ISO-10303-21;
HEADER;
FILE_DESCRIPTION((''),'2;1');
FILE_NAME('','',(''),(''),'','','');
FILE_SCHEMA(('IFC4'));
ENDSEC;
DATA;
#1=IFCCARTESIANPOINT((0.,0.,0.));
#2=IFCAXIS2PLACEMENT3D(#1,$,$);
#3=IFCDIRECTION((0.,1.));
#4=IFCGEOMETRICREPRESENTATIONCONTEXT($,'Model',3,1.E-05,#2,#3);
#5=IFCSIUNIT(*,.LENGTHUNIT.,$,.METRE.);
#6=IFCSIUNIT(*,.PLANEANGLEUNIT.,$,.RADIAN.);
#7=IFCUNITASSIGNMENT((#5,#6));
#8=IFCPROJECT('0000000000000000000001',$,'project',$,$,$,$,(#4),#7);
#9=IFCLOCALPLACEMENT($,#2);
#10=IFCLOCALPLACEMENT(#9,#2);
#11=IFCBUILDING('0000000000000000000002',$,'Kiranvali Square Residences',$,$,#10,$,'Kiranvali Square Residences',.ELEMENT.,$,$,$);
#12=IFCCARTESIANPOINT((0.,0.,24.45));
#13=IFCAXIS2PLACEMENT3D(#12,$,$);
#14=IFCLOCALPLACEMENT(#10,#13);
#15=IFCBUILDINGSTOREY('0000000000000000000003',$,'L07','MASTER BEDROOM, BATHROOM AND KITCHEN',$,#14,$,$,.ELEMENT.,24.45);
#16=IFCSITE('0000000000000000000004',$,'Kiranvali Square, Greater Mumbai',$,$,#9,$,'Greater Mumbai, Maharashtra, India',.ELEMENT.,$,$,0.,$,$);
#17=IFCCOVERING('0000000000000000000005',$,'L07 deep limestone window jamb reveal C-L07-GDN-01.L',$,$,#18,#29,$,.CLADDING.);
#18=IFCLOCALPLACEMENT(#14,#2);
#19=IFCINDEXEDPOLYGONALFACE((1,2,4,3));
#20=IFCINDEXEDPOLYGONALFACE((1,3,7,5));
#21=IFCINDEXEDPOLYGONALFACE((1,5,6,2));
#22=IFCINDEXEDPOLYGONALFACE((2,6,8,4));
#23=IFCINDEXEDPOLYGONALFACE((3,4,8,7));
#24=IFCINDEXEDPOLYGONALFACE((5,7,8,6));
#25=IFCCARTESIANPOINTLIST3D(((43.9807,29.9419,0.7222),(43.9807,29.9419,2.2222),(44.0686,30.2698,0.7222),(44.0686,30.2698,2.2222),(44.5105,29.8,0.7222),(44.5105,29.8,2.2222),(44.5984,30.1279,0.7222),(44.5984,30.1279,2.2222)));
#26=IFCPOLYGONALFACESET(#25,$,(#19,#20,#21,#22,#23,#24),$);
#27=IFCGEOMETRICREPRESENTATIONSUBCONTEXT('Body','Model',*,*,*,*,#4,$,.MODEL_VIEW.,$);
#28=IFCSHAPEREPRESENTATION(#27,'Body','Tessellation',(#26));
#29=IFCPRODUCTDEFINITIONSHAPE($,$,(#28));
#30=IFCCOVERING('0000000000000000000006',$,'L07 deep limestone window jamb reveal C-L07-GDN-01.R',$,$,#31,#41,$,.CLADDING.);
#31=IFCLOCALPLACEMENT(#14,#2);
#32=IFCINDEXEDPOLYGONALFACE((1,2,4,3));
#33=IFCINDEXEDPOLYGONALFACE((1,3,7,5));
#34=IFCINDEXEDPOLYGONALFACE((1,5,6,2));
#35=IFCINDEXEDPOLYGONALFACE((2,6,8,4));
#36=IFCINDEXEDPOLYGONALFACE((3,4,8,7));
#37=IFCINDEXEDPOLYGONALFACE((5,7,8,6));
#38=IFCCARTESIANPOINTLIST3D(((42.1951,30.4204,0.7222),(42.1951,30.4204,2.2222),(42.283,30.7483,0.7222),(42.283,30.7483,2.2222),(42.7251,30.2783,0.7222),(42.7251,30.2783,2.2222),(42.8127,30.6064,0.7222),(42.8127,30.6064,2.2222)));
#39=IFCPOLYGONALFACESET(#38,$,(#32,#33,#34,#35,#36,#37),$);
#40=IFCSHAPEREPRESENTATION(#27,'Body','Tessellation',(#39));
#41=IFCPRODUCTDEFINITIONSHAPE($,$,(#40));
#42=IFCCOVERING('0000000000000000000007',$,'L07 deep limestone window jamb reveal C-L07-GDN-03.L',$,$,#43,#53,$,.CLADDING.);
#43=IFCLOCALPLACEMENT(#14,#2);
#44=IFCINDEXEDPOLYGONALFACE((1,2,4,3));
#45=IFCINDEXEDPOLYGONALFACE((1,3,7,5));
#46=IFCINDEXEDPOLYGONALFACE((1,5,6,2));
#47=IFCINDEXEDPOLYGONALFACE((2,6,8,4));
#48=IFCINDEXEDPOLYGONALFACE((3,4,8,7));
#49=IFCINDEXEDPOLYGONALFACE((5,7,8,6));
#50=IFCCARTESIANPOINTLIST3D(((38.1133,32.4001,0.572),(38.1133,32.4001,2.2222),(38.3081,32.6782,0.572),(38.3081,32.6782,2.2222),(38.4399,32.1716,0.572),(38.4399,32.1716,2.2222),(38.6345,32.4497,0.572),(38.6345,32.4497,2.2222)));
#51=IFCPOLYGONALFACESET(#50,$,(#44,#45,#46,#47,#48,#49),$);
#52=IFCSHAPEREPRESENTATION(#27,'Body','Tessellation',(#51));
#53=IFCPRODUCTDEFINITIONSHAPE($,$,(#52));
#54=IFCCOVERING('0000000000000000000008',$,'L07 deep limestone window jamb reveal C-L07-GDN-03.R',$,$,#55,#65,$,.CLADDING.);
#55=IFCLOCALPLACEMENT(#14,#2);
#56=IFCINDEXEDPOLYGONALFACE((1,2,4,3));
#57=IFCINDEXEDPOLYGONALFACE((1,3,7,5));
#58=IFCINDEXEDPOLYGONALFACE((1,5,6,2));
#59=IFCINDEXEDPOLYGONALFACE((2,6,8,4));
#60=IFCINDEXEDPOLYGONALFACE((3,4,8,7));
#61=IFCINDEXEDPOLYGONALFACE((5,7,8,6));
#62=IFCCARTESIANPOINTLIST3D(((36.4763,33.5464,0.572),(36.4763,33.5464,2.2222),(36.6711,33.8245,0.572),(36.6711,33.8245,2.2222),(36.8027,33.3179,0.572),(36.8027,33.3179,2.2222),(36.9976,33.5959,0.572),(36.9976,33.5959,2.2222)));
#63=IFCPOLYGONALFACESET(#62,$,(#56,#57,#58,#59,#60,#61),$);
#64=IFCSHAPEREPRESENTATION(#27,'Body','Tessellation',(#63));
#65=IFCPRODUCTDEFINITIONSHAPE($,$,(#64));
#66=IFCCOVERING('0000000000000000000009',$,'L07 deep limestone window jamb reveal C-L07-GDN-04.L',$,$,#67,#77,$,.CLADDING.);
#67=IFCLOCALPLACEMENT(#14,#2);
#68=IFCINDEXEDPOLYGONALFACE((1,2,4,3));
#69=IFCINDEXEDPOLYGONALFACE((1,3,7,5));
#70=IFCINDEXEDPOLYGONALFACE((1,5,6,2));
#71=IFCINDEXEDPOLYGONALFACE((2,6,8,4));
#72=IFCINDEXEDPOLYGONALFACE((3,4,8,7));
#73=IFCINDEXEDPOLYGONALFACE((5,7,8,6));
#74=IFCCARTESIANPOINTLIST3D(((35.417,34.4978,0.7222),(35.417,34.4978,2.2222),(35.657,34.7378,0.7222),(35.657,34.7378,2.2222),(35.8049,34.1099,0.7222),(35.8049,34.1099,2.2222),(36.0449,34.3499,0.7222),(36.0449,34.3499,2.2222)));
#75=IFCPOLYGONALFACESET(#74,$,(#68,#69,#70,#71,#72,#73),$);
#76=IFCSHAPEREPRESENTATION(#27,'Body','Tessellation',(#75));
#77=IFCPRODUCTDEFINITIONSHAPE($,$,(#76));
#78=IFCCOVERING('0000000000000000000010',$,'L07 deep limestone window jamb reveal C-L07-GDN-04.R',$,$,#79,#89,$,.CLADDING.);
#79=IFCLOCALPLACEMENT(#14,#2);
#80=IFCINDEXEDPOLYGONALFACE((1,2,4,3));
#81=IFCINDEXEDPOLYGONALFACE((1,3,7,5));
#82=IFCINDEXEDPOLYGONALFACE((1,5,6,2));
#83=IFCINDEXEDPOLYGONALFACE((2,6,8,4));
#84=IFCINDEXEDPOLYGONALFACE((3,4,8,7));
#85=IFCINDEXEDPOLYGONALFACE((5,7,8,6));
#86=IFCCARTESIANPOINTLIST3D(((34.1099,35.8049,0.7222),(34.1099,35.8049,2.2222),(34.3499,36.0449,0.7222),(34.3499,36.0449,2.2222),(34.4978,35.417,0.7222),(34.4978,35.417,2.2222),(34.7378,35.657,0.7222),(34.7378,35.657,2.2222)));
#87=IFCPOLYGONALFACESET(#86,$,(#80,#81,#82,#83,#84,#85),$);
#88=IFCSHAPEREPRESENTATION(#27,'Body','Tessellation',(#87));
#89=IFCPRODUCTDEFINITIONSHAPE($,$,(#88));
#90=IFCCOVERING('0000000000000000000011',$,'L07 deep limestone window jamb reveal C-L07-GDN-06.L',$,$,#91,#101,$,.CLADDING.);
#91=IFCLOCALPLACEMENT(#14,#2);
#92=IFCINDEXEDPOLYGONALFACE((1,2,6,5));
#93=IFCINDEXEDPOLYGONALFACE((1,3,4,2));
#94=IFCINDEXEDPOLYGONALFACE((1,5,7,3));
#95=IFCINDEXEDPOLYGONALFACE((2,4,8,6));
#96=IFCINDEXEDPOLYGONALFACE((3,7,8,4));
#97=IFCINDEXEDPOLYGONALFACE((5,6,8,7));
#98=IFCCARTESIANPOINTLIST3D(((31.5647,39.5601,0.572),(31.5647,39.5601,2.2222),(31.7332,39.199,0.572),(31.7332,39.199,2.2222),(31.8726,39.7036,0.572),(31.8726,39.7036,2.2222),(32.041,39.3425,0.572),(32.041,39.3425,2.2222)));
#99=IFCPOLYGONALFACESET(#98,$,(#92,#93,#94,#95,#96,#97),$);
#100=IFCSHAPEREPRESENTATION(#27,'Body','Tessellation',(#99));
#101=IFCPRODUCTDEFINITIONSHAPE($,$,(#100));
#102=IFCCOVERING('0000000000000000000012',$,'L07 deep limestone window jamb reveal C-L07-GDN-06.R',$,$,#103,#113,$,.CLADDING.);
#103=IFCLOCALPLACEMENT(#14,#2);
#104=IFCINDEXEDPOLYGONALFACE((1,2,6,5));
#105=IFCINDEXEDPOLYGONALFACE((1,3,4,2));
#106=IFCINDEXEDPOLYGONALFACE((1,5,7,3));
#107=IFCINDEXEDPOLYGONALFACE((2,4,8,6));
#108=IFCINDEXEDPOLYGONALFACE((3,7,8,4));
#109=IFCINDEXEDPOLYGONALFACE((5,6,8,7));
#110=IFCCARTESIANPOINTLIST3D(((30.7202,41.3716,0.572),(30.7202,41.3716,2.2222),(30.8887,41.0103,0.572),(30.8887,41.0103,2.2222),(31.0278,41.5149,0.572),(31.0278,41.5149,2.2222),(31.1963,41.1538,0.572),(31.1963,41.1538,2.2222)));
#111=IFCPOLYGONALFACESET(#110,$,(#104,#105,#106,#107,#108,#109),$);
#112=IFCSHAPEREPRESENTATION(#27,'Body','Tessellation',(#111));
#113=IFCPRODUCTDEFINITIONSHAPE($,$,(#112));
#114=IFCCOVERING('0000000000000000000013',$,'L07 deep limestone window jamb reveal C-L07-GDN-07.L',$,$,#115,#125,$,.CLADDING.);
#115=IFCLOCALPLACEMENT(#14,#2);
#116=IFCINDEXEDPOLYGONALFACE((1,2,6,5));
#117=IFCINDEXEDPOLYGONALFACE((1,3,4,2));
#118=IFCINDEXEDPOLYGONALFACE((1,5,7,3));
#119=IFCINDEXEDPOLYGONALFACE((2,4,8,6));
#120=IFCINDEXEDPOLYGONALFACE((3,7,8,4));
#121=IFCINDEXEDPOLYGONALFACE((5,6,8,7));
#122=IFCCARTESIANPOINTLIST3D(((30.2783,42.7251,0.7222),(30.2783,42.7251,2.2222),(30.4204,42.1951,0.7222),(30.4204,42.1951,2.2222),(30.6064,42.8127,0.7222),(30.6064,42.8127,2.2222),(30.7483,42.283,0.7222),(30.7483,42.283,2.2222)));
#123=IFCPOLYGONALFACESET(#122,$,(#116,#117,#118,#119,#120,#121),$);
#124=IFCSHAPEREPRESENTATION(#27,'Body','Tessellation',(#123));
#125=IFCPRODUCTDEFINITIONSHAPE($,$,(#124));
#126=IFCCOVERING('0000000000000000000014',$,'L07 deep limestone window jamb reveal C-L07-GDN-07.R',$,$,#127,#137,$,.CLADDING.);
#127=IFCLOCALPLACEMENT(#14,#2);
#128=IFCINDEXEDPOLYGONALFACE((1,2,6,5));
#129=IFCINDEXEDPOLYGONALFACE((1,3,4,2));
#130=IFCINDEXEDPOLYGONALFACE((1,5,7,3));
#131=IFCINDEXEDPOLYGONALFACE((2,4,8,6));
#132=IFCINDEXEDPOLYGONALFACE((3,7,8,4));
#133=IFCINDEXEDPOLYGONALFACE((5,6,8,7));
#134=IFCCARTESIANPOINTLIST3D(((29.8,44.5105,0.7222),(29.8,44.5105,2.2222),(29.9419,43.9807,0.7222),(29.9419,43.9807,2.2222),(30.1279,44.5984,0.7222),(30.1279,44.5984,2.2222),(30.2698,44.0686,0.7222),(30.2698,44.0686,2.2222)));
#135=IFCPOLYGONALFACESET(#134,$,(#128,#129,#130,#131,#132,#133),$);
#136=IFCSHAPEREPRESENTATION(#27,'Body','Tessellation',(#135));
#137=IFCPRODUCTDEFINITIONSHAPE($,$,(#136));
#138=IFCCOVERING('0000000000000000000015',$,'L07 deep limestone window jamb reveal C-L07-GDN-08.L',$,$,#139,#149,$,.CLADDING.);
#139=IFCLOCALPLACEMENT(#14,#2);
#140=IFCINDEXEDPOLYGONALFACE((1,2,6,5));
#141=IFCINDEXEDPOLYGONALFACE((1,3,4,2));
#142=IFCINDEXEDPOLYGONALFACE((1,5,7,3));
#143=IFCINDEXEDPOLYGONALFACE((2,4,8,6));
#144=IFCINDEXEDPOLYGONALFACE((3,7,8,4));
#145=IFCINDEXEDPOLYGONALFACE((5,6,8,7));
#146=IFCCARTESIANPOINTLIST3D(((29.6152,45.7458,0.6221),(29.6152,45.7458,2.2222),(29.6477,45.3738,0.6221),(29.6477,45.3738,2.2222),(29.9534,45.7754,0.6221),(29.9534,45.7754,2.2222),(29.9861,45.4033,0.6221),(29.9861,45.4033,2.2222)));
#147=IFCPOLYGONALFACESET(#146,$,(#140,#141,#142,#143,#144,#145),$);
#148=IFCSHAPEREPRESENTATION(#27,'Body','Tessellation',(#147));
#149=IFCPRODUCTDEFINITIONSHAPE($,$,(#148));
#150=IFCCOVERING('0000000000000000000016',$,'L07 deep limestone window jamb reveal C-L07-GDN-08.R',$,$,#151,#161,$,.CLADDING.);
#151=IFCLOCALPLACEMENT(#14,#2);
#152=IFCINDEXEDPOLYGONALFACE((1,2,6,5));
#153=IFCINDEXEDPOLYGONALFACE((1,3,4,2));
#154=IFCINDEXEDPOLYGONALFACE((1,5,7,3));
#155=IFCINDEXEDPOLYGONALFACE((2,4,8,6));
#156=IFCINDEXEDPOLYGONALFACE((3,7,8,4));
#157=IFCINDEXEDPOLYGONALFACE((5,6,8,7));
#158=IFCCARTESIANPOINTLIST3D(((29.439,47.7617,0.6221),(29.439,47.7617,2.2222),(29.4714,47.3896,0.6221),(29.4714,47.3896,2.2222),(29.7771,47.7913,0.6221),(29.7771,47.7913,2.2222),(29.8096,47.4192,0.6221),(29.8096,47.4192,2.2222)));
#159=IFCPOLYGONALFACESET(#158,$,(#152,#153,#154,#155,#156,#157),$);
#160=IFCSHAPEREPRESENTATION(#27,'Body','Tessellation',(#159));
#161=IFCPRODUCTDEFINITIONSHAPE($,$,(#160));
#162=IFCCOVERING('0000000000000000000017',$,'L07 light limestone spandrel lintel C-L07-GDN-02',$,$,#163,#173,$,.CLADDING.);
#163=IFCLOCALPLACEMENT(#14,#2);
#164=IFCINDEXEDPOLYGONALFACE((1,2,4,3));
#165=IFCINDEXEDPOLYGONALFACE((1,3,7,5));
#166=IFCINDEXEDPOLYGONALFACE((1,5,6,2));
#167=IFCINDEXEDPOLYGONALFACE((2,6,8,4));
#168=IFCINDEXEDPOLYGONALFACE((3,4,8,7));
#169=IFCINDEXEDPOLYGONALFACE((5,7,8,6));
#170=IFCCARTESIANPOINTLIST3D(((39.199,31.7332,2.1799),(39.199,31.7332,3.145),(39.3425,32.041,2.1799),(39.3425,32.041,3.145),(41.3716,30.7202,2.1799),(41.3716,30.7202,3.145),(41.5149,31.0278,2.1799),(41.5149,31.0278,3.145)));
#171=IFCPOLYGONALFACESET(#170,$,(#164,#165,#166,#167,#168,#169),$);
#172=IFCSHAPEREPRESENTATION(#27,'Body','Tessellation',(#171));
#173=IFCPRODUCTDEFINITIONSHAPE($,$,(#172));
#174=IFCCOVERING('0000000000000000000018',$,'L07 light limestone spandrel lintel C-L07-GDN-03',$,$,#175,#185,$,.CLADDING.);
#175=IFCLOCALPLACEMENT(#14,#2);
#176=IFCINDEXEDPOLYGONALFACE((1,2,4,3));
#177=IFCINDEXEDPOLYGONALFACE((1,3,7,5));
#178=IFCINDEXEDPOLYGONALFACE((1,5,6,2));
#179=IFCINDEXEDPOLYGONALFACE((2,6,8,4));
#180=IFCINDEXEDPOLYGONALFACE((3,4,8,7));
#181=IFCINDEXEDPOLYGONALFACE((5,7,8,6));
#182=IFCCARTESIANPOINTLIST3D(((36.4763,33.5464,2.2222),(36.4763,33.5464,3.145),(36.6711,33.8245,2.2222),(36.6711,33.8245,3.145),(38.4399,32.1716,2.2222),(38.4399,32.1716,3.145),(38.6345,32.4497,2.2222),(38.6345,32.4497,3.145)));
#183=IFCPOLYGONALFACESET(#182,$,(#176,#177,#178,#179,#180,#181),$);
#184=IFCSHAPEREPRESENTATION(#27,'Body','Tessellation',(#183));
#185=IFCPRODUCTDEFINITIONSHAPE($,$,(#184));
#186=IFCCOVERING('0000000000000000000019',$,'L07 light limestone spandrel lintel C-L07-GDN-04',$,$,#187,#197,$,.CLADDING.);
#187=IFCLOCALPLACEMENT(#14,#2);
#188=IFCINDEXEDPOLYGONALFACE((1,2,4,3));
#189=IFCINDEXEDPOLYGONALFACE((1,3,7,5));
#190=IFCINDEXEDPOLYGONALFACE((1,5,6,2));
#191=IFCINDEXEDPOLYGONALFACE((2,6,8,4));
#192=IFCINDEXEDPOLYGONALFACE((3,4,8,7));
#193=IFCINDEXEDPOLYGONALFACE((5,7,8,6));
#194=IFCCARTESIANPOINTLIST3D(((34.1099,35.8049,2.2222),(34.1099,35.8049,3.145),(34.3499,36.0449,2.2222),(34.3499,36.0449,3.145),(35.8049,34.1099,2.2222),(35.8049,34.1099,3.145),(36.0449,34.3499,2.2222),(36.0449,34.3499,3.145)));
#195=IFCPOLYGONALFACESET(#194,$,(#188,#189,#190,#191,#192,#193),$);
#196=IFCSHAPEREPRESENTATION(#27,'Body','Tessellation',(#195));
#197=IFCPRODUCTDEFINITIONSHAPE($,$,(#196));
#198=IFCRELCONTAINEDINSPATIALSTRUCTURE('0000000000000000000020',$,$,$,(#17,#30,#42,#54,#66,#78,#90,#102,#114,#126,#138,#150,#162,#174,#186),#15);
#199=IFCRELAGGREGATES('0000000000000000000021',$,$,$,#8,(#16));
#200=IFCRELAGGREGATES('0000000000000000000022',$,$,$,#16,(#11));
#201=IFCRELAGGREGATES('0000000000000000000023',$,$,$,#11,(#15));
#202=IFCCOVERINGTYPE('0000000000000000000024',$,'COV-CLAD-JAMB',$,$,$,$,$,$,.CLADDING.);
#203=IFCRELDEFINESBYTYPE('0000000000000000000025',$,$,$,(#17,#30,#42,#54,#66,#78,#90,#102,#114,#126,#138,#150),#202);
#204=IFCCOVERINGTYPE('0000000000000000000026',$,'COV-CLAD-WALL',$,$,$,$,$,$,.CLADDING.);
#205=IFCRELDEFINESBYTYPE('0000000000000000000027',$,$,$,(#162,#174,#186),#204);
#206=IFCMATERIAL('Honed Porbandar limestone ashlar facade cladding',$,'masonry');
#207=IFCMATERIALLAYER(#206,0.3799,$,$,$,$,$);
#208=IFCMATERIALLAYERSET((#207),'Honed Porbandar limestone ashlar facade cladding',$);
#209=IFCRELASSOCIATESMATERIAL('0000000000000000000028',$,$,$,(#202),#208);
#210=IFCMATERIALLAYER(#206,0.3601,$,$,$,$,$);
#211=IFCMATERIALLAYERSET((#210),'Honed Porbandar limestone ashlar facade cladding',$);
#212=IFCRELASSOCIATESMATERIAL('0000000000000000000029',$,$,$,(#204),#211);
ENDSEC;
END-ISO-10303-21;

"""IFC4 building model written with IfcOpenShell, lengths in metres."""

from ifc_helpers import new_model, si_unit, direction, frame, origin, place, context, subcontext, project, spatial, polyline, outline, extrude, material, layer, layer_set, type_object, element, save


model = new_model("IFC4")

# Units and contexts
model_context = context("Model", 3, precision=1e-05, world=origin(), true_north=direction((0.0, 1.0)))
body_context = subcontext(model_context, "Body", "Model", "MODEL_VIEW")
ifc_project = project(units=[si_unit("LENGTHUNIT", "METRE"), si_unit("PLANEANGLEUNIT", "RADIAN")], contexts=[model_context])

# Site, building, storey
site_placement = place(None, origin())
site = spatial("IfcSite", under=ifc_project, at=site_placement, Name="Kiranvali Square, Greater Mumbai", LongName="Greater Mumbai, Maharashtra, India", CompositionType="ELEMENT", RefElevation=0.0)
building_placement = place(site_placement, origin())
building = spatial("IfcBuilding", under=site, at=building_placement, Name="Kiranvali Square Residences", LongName="Kiranvali Square Residences", CompositionType="ELEMENT")
storey_placement = place(building_placement, frame((0.0, 0.0, 24.45)))
storey = spatial("IfcBuildingStorey", under=building, at=storey_placement, Name="L07", Description="MASTER BEDROOM, BATHROOM AND KITCHEN", CompositionType="ELEMENT", Elevation=24.45)

# Coverings
ifc_material = material(Name="Honed Porbandar limestone ashlar facade cladding", Category="masonry")
ifc_layer_1 = layer(ifc_material, 0.3799)
ifc_layer_set_1 = layer_set([ifc_layer_1], Name="Honed Porbandar limestone ashlar facade cladding")
covering_type_1 = type_object("IfcCoveringType", Name="COV-CLAD-JAMB", PredefinedType="CLADDING", material=ifc_layer_set_1)
covering_1_placement = place(storey_placement, frame((0.0, 0.0, 0.7222)))
element("IfcCovering", 1, at=covering_1_placement, inside=storey, type_object=covering_type_1, Name="L07 deep limestone window jamb reveal C-L07-GDN-01.L", PredefinedType="CLADDING", context=body_context, shape_type="SweptSolid", body=[
    extrude(outline(polyline([(44.5984, 30.1279), (44.0686, 30.2698), (43.9807, 29.9419), (44.5105, 29.8), (44.5984, 30.1279)])), origin(), (0.0, 0.0, 1.0), 1.5),
])
covering_2_placement = place(storey_placement, frame((0.0, 0.0, 0.7222)))
element("IfcCovering", 2, at=covering_2_placement, inside=storey, type_object=covering_type_1, Name="L07 deep limestone window jamb reveal C-L07-GDN-01.R", PredefinedType="CLADDING", context=body_context, shape_type="SweptSolid", body=[
    extrude(outline(polyline([(42.8127, 30.6064), (42.283, 30.7483), (42.1951, 30.4204), (42.7251, 30.2783), (42.8127, 30.6064)])), origin(), (0.0, 0.0, 1.0), 1.5),
])
covering_3_placement = place(storey_placement, frame((0.0, 0.0, 0.572)))
element("IfcCovering", 3, at=covering_3_placement, inside=storey, type_object=covering_type_1, Name="L07 deep limestone window jamb reveal C-L07-GDN-03.L", PredefinedType="CLADDING", context=body_context, shape_type="SweptSolid", body=[
    extrude(outline(polyline([(38.6345, 32.4497), (38.3081, 32.6782), (38.1133, 32.4001), (38.4399, 32.1716), (38.6345, 32.4497)])), origin(), (0.0, 0.0, 1.0), 1.6501),
])
covering_4_placement = place(storey_placement, frame((0.0, 0.0, 0.572)))
element("IfcCovering", 4, at=covering_4_placement, inside=storey, type_object=covering_type_1, Name="L07 deep limestone window jamb reveal C-L07-GDN-03.R", PredefinedType="CLADDING", context=body_context, shape_type="SweptSolid", body=[
    extrude(outline(polyline([(36.9976, 33.5959), (36.6711, 33.8245), (36.4763, 33.5464), (36.8027, 33.3179), (36.9976, 33.5959)])), origin(), (0.0, 0.0, 1.0), 1.6501),
])
covering_5_placement = place(storey_placement, frame((0.0, 0.0, 0.7222)))
element("IfcCovering", 5, at=covering_5_placement, inside=storey, type_object=covering_type_1, Name="L07 deep limestone window jamb reveal C-L07-GDN-04.L", PredefinedType="CLADDING", context=body_context, shape_type="SweptSolid", body=[
    extrude(outline(polyline([(36.0449, 34.3499), (35.657, 34.7378), (35.417, 34.4978), (35.8049, 34.1099), (36.0449, 34.3499)])), origin(), (0.0, 0.0, 1.0), 1.5),
])
covering_6_placement = place(storey_placement, frame((0.0, 0.0, 0.7222)))
element("IfcCovering", 6, at=covering_6_placement, inside=storey, type_object=covering_type_1, Name="L07 deep limestone window jamb reveal C-L07-GDN-04.R", PredefinedType="CLADDING", context=body_context, shape_type="SweptSolid", body=[
    extrude(outline(polyline([(34.7378, 35.657), (34.3499, 36.0449), (34.1099, 35.8049), (34.4978, 35.417), (34.7378, 35.657)])), origin(), (0.0, 0.0, 1.0), 1.5),
])
covering_7_placement = place(storey_placement, frame((0.0, 0.0, 0.572)))
element("IfcCovering", 7, at=covering_7_placement, inside=storey, type_object=covering_type_1, Name="L07 deep limestone window jamb reveal C-L07-GDN-06.L", PredefinedType="CLADDING", context=body_context, shape_type="SweptSolid", body=[
    extrude(outline(polyline([(32.041, 39.3425), (31.8726, 39.7036), (31.5647, 39.5601), (31.7332, 39.199), (32.041, 39.3425)])), origin(), (0.0, 0.0, 1.0), 1.6501),
])
covering_8_placement = place(storey_placement, frame((0.0, 0.0, 0.572)))
element("IfcCovering", 8, at=covering_8_placement, inside=storey, type_object=covering_type_1, Name="L07 deep limestone window jamb reveal C-L07-GDN-06.R", PredefinedType="CLADDING", context=body_context, shape_type="SweptSolid", body=[
    extrude(outline(polyline([(31.1963, 41.1538), (31.0278, 41.5149), (30.7202, 41.3716), (30.8887, 41.0103), (31.1963, 41.1538)])), origin(), (0.0, 0.0, 1.0), 1.6501),
])
covering_9_placement = place(storey_placement, frame((0.0, 0.0, 0.7222)))
element("IfcCovering", 9, at=covering_9_placement, inside=storey, type_object=covering_type_1, Name="L07 deep limestone window jamb reveal C-L07-GDN-07.L", PredefinedType="CLADDING", context=body_context, shape_type="SweptSolid", body=[
    extrude(outline(polyline([(30.7483, 42.283), (30.6064, 42.8127), (30.2783, 42.7251), (30.4204, 42.1951), (30.7483, 42.283)])), origin(), (0.0, 0.0, 1.0), 1.5),
])
covering_10_placement = place(storey_placement, frame((0.0, 0.0, 0.7222)))
element("IfcCovering", 10, at=covering_10_placement, inside=storey, type_object=covering_type_1, Name="L07 deep limestone window jamb reveal C-L07-GDN-07.R", PredefinedType="CLADDING", context=body_context, shape_type="SweptSolid", body=[
    extrude(outline(polyline([(30.2698, 44.0686), (30.1279, 44.5984), (29.8, 44.5105), (29.9419, 43.9807), (30.2698, 44.0686)])), origin(), (0.0, 0.0, 1.0), 1.5),
])
covering_11_placement = place(storey_placement, frame((0.0, 0.0, 0.6221)))
element("IfcCovering", 11, at=covering_11_placement, inside=storey, type_object=covering_type_1, Name="L07 deep limestone window jamb reveal C-L07-GDN-08.L", PredefinedType="CLADDING", context=body_context, shape_type="SweptSolid", body=[
    extrude(outline(polyline([(29.9861, 45.4033), (29.9534, 45.7754), (29.6152, 45.7458), (29.6477, 45.3738), (29.9861, 45.4033)])), origin(), (0.0, 0.0, 1.0), 1.6001),
])
covering_12_placement = place(storey_placement, frame((0.0, 0.0, 0.6221)))
element("IfcCovering", 12, at=covering_12_placement, inside=storey, type_object=covering_type_1, Name="L07 deep limestone window jamb reveal C-L07-GDN-08.R", PredefinedType="CLADDING", context=body_context, shape_type="SweptSolid", body=[
    extrude(outline(polyline([(29.8096, 47.4192), (29.7771, 47.7913), (29.439, 47.7617), (29.4714, 47.3896), (29.8096, 47.4192)])), origin(), (0.0, 0.0, 1.0), 1.6001),
])
ifc_layer_2 = layer(ifc_material, 0.3601)
ifc_layer_set_2 = layer_set([ifc_layer_2], Name="Honed Porbandar limestone ashlar facade cladding")
covering_type_2 = type_object("IfcCoveringType", Name="COV-CLAD-WALL", PredefinedType="CLADDING", material=ifc_layer_set_2)
covering_13_placement = place(storey_placement, frame((0.0, 0.0, 2.1799)))
element("IfcCovering", 13, at=covering_13_placement, inside=storey, type_object=covering_type_2, Name="L07 light limestone spandrel lintel C-L07-GDN-02", PredefinedType="CLADDING", context=body_context, shape_type="SweptSolid", body=[
    extrude(outline(polyline([(41.5149, 31.0278), (39.3425, 32.041), (39.199, 31.7332), (41.3716, 30.7202), (41.5149, 31.0278)])), origin(), (0.0, 0.0, 1.0), 0.9651),
])
covering_14_placement = place(storey_placement, frame((0.0, 0.0, 2.2222)))
element("IfcCovering", 14, at=covering_14_placement, inside=storey, type_object=covering_type_2, Name="L07 light limestone spandrel lintel C-L07-GDN-03", PredefinedType="CLADDING", context=body_context, shape_type="SweptSolid", body=[
    extrude(outline(polyline([(38.6345, 32.4497), (36.6711, 33.8245), (36.4763, 33.5464), (38.4399, 32.1716), (38.6345, 32.4497)])), origin(), (0.0, 0.0, 1.0), 0.9229),
])
covering_15_placement = place(storey_placement, frame((0.0, 0.0, 2.2222)))
element("IfcCovering", 15, at=covering_15_placement, inside=storey, type_object=covering_type_2, Name="L07 light limestone spandrel lintel C-L07-GDN-04", PredefinedType="CLADDING", context=body_context, shape_type="SweptSolid", body=[
    extrude(outline(polyline([(36.0449, 34.3499), (34.3499, 36.0449), (34.1099, 35.8049), (35.8049, 34.1099), (36.0449, 34.3499)])), origin(), (0.0, 0.0, 1.0), 0.9229),
])

save(model, "model.ifc")
